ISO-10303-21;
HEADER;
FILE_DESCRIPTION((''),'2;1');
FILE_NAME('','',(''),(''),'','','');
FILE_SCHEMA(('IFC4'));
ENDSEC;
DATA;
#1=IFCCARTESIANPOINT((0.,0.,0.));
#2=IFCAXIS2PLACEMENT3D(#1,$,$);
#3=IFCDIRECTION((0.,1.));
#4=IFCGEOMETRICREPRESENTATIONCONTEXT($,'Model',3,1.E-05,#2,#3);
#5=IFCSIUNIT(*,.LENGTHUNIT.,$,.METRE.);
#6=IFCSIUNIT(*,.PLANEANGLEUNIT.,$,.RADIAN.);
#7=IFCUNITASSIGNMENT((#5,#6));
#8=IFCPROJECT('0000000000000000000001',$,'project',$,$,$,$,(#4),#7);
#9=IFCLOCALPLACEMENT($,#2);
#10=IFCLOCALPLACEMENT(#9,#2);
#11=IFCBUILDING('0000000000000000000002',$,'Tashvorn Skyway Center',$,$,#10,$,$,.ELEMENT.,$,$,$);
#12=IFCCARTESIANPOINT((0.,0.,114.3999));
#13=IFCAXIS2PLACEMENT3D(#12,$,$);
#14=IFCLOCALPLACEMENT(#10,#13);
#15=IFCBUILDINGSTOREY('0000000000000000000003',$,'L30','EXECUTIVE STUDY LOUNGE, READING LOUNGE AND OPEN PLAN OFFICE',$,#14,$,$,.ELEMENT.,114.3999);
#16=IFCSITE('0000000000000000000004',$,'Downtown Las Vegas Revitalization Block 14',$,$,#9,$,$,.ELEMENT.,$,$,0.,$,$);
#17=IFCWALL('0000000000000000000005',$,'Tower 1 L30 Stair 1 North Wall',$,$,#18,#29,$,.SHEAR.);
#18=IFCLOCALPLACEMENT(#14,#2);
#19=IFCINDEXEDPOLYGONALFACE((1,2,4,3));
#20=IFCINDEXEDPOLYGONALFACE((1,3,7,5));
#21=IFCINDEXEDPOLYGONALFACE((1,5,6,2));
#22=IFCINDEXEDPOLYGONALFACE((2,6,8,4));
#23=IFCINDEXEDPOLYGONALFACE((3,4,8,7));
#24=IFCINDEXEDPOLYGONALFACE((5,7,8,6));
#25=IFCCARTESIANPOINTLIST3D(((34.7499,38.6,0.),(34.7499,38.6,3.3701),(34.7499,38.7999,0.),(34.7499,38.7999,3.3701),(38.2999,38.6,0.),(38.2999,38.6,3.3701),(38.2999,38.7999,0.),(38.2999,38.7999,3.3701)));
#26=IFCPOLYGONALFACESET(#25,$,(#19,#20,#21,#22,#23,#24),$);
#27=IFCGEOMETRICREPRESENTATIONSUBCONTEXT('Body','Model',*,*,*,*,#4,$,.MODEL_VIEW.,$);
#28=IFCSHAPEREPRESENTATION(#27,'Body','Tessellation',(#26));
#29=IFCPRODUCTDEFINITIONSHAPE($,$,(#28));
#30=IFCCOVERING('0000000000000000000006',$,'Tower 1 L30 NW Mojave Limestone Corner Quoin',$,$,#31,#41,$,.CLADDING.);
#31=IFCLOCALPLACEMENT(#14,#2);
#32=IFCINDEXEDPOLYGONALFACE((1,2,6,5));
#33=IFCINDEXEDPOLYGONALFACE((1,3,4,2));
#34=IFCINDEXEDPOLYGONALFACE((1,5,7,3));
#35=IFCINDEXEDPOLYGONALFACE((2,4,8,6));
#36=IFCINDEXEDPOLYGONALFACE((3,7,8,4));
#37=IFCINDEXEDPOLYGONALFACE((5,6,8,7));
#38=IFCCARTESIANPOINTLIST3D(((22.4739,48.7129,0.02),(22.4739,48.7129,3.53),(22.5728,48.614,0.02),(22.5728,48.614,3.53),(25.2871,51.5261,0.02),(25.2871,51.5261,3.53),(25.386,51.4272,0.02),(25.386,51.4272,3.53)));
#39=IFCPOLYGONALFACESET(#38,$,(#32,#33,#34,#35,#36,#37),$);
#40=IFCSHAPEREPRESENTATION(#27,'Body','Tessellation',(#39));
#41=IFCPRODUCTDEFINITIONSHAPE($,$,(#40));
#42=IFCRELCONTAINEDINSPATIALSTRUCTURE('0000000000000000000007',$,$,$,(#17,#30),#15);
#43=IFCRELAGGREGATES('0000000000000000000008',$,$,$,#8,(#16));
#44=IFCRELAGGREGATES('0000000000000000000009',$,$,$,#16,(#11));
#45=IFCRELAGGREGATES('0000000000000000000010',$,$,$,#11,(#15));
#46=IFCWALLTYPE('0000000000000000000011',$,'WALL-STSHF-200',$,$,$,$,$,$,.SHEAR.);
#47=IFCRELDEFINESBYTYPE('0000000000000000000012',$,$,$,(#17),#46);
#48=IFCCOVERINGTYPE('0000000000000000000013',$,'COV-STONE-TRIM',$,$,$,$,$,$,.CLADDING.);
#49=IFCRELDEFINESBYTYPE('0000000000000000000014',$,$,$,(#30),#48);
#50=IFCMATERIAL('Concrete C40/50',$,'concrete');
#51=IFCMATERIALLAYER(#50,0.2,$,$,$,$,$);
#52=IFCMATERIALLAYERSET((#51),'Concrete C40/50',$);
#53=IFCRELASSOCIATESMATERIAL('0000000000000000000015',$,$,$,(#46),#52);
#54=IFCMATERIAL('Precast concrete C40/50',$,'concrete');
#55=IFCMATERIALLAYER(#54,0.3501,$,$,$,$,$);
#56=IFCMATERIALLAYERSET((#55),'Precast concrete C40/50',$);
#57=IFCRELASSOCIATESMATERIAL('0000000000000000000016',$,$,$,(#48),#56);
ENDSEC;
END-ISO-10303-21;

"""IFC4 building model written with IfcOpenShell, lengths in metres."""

from ifc_helpers import new_model, si_unit, direction, frame, frame_2d, origin, origin_2d, place, context, subcontext, project, spatial, rectangle, extrude, material, layer, layer_set, type_object, element, save


model = new_model("IFC4")

# Units and contexts
model_context = context("Model", 3, precision=1e-05, world=origin(), true_north=direction((0.0, 1.0)))
body_context = subcontext(model_context, "Body", "Model", "MODEL_VIEW")
ifc_project = project(units=[si_unit("LENGTHUNIT", "METRE"), si_unit("PLANEANGLEUNIT", "RADIAN")], contexts=[model_context])

# Site, building, storey
site_placement = place(None, origin())
site = spatial("IfcSite", under=ifc_project, at=site_placement, Name="Downtown Las Vegas Revitalization Block 14", CompositionType="ELEMENT", RefElevation=0.0)
building_placement = place(site_placement, origin())
building = spatial("IfcBuilding", under=site, at=building_placement, Name="Tashvorn Skyway Center", CompositionType="ELEMENT")
storey_placement = place(building_placement, frame((0.0, 0.0, 114.3999)))
storey = spatial("IfcBuildingStorey", under=building, at=storey_placement, Name="L30", Description="EXECUTIVE STUDY LOUNGE, READING LOUNGE AND OPEN PLAN OFFICE", CompositionType="ELEMENT", Elevation=114.3999)

# Shared definitions
ifc_material_1 = material(Name="Precast concrete C40/50", Category="concrete")

# Wall
ifc_material_2 = material(Name="Concrete C40/50", Category="concrete")
ifc_layer_1 = layer(ifc_material_2, 0.2)
ifc_layer_set_1 = layer_set([ifc_layer_1], Name="Concrete C40/50")
wall_type_1 = type_object("IfcWallType", Name="WALL-STSHF-200", PredefinedType="SHEAR", material=ifc_layer_set_1)
wall_1_placement = place(storey_placement, frame((34.75, 38.7, 0.0), z_axis=(0.0, 0.0, 1.0), x_axis=(1.0, 0.0, 0.0)))
element("IfcWall", 1, at=wall_1_placement, inside=storey, type_object=wall_type_1, Name="Tower 1 L30 Stair 1 North Wall", PredefinedType="SHEAR", context=body_context, shape_type="SweptSolid", body=[
    extrude(rectangle(XDim=3.55, YDim=0.2, at=frame_2d((1.7749, 0.0))), origin(), (0.0, 0.0, 1.0), 3.3701),
])

# Covering
ifc_layer_2 = layer(ifc_material_1, 0.3501)
ifc_layer_set_2 = layer_set([ifc_layer_2], Name="Precast concrete C40/50")
covering_type = type_object("IfcCoveringType", Name="COV-STONE-TRIM", PredefinedType="CLADDING", material=ifc_layer_set_2)
covering_placement = place(storey_placement, frame((23.9299, 50.0701, 0.02), z_axis=(0.0, 0.0, 1.0), x_axis=(-0.707107, -0.707107, 0.0)))
element("IfcCovering", 2, at=covering_placement, inside=storey, type_object=covering_type, Name="Tower 1 L30 NW Mojave Limestone Corner Quoin", PredefinedType="CLADDING", context=body_context, shape_type="SweptSolid", body=[
    extrude(rectangle(XDim=3.9785, YDim=0.1399, at=origin_2d()), origin(), (0.0, 0.0, 1.0), 3.51),
])

save(model, "model.ifc")
